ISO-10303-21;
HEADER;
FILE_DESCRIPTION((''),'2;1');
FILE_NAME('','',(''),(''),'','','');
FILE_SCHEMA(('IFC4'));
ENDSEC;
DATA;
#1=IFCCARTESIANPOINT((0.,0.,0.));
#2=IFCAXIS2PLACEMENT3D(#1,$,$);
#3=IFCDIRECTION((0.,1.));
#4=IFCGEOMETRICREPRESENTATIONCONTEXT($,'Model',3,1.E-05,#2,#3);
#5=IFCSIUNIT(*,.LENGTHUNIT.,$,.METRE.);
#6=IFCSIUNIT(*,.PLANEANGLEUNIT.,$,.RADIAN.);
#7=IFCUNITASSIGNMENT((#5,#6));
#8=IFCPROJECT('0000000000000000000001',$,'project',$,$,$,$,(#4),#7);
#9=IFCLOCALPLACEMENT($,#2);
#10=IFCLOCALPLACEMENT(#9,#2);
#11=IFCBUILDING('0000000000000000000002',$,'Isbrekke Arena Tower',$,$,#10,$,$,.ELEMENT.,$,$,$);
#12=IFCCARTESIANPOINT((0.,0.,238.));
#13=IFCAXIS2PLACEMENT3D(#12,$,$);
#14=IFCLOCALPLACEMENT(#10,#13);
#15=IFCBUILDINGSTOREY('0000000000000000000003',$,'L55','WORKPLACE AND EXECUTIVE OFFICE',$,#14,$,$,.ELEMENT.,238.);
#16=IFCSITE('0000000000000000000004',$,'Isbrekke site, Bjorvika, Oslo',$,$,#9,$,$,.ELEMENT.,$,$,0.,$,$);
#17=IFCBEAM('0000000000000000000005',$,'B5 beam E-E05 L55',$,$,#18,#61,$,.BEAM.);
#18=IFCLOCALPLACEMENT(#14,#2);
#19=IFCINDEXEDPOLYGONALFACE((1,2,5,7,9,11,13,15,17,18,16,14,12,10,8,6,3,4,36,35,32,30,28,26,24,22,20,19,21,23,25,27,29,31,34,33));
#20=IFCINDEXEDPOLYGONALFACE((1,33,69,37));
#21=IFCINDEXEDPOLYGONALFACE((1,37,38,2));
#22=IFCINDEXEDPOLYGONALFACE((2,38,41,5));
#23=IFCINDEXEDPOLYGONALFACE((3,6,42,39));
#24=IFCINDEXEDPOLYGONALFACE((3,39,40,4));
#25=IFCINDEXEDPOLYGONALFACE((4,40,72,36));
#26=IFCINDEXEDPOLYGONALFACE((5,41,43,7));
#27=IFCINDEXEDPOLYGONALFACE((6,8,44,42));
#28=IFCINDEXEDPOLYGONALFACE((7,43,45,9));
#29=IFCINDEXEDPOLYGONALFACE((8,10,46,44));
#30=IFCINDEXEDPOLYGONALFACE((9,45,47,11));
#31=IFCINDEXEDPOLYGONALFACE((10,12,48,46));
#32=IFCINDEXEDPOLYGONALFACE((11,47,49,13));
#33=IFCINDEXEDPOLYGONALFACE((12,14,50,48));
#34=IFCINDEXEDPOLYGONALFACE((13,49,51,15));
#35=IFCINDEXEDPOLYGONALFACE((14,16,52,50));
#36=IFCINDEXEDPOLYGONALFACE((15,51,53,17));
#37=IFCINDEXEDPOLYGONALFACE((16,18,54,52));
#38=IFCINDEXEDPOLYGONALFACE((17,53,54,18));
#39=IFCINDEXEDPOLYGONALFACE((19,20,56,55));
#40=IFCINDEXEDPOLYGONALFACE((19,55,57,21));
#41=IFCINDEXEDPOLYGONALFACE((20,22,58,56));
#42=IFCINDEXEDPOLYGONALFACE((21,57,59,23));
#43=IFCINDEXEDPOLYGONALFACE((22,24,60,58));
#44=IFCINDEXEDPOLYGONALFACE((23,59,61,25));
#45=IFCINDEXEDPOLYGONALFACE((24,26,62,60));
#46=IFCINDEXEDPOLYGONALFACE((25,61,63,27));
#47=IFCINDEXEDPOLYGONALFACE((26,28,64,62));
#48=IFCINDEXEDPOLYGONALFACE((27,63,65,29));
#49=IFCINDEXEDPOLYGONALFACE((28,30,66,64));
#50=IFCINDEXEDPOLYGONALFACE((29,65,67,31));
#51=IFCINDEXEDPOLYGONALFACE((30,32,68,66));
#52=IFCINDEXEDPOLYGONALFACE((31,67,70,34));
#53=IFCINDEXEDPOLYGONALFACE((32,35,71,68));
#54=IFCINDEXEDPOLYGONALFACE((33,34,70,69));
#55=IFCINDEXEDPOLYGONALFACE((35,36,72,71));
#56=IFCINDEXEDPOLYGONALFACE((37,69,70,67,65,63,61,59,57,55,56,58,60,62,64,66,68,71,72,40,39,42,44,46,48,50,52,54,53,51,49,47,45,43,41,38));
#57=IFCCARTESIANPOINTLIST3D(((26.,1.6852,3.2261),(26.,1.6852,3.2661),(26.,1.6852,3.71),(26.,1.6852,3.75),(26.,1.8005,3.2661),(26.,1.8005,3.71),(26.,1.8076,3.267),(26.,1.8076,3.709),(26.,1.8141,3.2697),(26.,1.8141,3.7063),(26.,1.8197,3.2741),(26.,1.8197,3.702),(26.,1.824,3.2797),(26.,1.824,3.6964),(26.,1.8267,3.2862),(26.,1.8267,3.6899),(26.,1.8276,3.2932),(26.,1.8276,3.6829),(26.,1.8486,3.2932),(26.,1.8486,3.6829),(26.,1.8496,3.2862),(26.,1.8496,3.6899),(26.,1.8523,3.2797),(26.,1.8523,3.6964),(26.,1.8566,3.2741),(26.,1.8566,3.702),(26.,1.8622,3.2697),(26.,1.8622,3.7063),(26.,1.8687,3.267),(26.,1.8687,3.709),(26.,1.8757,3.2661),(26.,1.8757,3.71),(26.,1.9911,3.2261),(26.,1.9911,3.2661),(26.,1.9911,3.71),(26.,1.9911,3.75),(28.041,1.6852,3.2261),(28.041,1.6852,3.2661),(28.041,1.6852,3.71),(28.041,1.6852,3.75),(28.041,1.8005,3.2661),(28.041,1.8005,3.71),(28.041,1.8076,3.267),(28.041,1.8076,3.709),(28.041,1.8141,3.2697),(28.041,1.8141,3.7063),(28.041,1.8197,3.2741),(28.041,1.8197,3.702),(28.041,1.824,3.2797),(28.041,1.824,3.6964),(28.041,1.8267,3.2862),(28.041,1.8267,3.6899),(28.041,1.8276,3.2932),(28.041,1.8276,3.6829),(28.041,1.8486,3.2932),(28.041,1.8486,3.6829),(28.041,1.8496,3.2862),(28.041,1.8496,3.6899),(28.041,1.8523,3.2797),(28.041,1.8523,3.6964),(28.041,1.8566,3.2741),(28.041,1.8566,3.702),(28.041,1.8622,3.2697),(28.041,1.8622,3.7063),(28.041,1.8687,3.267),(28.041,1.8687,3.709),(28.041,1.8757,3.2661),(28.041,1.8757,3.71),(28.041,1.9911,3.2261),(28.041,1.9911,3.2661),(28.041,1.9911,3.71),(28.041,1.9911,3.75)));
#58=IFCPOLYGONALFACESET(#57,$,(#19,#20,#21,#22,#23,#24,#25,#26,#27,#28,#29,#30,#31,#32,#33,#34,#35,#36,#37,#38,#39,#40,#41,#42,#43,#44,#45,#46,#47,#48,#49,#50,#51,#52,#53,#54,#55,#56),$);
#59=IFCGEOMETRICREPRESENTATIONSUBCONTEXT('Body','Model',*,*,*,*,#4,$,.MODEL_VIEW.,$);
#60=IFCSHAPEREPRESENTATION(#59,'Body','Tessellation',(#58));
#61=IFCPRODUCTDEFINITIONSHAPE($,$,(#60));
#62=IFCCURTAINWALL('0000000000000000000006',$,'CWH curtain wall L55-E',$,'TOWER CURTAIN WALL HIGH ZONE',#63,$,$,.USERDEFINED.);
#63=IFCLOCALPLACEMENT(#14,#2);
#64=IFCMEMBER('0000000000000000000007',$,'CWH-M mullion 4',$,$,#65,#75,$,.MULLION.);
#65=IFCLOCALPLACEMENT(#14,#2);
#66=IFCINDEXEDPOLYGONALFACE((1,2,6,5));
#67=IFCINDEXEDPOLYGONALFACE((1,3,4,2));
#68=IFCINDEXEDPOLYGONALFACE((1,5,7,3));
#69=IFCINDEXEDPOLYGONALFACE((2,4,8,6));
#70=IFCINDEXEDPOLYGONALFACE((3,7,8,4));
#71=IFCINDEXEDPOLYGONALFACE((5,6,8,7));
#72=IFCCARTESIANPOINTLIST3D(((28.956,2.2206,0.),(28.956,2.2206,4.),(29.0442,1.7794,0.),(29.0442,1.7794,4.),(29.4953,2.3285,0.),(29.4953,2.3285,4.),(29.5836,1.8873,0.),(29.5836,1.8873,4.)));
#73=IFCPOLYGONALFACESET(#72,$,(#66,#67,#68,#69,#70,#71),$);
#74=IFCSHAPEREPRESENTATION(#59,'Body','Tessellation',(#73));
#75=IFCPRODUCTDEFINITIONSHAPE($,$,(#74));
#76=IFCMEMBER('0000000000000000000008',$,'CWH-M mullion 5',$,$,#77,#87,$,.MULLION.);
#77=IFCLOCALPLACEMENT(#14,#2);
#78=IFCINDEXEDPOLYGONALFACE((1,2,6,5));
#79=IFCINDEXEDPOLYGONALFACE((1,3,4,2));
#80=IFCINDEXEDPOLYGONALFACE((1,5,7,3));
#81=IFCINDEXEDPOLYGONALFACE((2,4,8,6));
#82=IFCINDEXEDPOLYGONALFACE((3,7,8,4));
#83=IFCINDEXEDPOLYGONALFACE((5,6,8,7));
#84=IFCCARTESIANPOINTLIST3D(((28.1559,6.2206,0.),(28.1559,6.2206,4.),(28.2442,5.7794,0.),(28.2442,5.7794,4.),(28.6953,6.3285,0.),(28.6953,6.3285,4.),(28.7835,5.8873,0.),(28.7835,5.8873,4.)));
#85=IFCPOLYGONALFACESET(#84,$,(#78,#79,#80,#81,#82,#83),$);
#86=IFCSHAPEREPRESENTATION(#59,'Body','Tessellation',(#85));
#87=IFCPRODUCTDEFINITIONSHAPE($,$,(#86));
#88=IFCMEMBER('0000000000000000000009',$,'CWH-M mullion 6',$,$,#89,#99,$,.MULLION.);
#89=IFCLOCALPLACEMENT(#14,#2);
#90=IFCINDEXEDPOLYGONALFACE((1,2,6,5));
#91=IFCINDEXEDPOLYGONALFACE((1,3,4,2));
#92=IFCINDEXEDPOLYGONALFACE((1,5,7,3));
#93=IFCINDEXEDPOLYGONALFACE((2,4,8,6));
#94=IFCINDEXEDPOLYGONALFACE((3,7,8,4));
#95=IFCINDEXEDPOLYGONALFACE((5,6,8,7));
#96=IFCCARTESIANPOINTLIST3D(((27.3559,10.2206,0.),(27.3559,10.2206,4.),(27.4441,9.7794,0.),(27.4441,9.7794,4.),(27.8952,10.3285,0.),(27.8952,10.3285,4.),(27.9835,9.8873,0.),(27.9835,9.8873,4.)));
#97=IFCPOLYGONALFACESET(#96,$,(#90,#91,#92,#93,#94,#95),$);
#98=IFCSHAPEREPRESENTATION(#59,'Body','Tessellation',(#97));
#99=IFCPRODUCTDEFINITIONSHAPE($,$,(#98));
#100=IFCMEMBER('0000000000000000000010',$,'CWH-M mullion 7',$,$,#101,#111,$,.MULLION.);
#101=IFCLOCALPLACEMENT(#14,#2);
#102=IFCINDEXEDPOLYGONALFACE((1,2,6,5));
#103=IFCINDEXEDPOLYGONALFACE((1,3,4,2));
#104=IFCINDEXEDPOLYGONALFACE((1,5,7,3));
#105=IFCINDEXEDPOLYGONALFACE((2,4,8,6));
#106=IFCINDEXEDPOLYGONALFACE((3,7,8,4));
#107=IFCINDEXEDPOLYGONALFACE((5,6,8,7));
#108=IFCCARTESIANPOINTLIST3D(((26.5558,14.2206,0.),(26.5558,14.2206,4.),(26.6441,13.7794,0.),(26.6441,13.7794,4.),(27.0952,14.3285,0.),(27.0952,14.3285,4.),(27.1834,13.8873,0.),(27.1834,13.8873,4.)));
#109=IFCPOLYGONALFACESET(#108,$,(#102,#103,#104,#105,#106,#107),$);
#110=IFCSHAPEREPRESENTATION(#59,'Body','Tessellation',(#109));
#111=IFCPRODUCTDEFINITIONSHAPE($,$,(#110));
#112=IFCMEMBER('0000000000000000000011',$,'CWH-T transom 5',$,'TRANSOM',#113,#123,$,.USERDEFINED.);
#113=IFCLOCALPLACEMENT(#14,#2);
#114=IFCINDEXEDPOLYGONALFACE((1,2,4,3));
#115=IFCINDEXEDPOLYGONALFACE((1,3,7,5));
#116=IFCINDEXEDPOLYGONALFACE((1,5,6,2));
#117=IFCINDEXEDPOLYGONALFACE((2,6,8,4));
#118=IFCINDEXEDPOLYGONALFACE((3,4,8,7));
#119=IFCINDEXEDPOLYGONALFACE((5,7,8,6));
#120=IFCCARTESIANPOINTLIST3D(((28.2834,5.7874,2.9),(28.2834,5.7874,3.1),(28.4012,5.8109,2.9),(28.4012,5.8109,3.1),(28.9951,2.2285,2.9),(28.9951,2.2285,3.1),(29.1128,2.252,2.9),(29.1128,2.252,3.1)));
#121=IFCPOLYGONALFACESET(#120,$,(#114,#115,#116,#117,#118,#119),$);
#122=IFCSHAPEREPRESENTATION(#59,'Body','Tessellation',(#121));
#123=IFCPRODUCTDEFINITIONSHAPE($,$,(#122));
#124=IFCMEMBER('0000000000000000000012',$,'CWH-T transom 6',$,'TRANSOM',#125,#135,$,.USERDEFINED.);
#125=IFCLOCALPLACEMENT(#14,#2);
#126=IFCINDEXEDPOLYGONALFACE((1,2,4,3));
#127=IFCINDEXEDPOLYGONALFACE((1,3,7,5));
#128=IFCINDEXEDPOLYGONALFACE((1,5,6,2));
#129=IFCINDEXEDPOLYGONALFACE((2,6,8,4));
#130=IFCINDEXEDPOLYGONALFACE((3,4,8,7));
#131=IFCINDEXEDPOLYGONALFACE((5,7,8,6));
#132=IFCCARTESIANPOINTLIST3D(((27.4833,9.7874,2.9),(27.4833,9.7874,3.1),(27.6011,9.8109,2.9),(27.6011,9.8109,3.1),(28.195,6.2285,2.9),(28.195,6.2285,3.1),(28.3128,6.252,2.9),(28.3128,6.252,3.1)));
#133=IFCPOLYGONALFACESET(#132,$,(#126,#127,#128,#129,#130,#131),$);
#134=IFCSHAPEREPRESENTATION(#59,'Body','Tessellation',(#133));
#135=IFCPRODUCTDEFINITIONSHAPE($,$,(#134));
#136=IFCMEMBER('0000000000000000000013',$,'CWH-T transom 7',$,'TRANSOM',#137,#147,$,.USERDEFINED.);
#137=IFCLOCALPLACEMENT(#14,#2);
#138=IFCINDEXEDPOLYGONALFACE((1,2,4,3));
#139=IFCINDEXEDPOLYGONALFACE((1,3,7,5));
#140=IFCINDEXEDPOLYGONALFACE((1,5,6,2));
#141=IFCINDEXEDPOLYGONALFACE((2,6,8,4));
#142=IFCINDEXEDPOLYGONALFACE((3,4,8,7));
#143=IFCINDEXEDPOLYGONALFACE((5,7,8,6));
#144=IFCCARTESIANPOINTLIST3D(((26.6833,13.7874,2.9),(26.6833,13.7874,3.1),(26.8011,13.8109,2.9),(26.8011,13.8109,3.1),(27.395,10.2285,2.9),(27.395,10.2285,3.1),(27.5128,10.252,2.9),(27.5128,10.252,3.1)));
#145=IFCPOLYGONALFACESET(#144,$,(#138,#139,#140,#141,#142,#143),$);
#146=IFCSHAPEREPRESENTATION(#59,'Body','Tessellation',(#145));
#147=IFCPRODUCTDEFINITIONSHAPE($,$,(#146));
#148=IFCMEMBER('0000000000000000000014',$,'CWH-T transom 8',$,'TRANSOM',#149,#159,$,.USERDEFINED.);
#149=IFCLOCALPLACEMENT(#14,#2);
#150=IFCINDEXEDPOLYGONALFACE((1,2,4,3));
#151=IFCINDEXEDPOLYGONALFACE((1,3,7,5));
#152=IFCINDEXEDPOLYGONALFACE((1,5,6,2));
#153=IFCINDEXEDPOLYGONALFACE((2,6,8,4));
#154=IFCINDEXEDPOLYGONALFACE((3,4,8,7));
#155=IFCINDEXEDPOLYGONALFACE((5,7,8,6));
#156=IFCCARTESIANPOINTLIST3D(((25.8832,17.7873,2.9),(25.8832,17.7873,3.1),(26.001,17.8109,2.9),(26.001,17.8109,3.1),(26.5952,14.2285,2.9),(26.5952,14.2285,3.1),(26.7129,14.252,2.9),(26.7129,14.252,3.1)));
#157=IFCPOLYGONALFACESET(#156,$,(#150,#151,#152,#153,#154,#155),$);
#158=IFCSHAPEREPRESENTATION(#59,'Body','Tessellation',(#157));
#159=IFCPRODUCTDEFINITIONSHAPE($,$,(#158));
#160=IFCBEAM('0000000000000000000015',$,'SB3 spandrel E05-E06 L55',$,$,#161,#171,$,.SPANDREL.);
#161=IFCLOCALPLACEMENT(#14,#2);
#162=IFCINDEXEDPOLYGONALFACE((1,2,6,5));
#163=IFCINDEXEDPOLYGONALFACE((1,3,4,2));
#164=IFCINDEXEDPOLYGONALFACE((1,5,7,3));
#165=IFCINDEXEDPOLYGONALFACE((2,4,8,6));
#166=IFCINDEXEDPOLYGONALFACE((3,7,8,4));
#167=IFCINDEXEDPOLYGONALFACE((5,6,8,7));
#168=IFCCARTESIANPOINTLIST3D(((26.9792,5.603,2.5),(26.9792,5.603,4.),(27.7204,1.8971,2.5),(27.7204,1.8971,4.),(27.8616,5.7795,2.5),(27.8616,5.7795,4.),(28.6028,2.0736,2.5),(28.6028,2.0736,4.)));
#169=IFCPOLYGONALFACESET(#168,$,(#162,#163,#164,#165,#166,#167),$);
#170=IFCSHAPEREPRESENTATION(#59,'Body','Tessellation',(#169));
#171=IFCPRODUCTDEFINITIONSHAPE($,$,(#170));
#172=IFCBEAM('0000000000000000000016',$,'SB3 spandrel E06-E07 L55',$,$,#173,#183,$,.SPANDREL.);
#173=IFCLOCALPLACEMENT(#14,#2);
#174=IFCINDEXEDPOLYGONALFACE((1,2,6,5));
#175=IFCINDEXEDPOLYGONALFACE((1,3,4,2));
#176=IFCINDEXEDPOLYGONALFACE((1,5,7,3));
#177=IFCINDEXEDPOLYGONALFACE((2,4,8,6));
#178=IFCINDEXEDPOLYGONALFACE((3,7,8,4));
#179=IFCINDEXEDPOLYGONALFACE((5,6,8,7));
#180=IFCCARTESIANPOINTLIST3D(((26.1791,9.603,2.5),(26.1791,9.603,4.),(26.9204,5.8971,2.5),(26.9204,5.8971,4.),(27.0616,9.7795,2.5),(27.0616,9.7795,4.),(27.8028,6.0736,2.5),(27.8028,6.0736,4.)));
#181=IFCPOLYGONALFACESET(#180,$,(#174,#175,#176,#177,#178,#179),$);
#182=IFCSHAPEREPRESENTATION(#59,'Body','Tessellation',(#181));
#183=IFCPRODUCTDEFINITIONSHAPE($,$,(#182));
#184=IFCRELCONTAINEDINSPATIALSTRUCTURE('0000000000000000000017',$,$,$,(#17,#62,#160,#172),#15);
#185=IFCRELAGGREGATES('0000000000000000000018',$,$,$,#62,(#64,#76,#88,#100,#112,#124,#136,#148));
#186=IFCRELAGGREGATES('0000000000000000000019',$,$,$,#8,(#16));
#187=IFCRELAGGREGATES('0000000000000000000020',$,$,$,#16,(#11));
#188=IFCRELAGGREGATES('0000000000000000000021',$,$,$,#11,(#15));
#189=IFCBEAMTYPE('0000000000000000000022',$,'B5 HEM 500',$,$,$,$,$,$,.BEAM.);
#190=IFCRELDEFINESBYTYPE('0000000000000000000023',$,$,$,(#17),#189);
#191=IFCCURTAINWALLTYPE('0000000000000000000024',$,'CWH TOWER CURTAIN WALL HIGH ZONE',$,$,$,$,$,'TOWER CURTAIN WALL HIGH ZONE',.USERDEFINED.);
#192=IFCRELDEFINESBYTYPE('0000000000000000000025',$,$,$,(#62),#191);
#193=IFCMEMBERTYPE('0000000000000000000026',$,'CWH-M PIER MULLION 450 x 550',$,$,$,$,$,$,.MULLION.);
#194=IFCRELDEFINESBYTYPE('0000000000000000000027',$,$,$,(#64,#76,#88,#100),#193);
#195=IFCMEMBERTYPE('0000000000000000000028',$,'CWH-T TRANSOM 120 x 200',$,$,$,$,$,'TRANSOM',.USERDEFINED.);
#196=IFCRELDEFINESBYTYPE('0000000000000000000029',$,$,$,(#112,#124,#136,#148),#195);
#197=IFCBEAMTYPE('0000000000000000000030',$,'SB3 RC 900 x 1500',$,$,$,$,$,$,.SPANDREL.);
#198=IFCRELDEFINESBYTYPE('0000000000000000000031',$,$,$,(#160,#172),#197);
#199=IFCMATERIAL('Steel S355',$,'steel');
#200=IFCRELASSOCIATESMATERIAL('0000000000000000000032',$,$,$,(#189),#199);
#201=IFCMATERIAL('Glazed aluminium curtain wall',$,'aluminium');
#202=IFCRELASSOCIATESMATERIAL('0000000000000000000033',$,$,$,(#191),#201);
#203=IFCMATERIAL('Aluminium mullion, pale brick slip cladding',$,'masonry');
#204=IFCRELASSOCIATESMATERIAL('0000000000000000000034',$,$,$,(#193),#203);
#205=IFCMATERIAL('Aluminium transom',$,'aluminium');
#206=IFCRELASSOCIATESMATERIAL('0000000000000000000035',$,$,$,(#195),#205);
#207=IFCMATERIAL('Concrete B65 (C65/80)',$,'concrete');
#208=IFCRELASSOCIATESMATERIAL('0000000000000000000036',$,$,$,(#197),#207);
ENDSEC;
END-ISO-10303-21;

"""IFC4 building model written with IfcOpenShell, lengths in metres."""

from ifc_helpers import new_model, si_unit, direction, frame, origin, origin_2d, place, context, subcontext, project, spatial, rectangle, i_section, extrude, material, material_profile, profile_set, type_object, element, aggregate, save


model = new_model("IFC4")

# Units and contexts
model_context = context("Model", 3, precision=1e-05, world=origin(), true_north=direction((0.0, 1.0)))
body_context = subcontext(model_context, "Body", "Model", "MODEL_VIEW")
ifc_project = project(units=[si_unit("LENGTHUNIT", "METRE"), si_unit("PLANEANGLEUNIT", "RADIAN")], contexts=[model_context])

# Site, building, storey
site_placement = place(None, origin())
site = spatial("IfcSite", under=ifc_project, at=site_placement, Name="Isbrekke site, Bjorvika, Oslo", CompositionType="ELEMENT", RefElevation=0.0)
building_placement = place(site_placement, origin())
building = spatial("IfcBuilding", under=site, at=building_placement, Name="Isbrekke Arena Tower", CompositionType="ELEMENT")
storey_placement = place(building_placement, frame((0.0, 0.0, 238.0)))
storey = spatial("IfcBuildingStorey", under=building, at=storey_placement, Name="L55", Description="WORKPLACE AND EXECUTIVE OFFICE", CompositionType="ELEMENT", Elevation=238.0)

# Beam
ifc_material_1 = material(Name="Steel S355", Category="steel")
ifc_material_profile_1 = material_profile(ifc_material_1, i_section(OverallWidth=0.3059, OverallDepth=0.5239, WebThickness=0.021, FlangeThickness=0.04, FilletRadius=0.0271, at=origin_2d()), Name="HEM 500")
ifc_profile_set_1 = profile_set([ifc_material_profile_1], Name="Steel S355")
beam_type_1 = type_object("IfcBeamType", Name="B5 HEM 500", PredefinedType="BEAM", material=ifc_profile_set_1)
beam_1_placement = place(storey_placement, frame((28.041, 1.8381, 3.488), z_axis=(-1.0, 0.0, 0.0), x_axis=(0.0, -1.0, 0.0)))
element("IfcBeam", 1, at=beam_1_placement, inside=storey, type_object=beam_type_1, Name="B5 beam E-E05 L55", PredefinedType="BEAM", context=body_context, shape_type="SweptSolid", body=[
    extrude(i_section(OverallWidth=0.3059, OverallDepth=0.5239, WebThickness=0.021, FlangeThickness=0.04, FilletRadius=0.0271, at=origin_2d()), origin(), (0.0, 0.0, 1.0), 2.041),
])

# Curtain wall, members
ifc_material_2 = material(Name="Glazed aluminium curtain wall", Category="aluminium")
curtain_wall_type = type_object("IfcCurtainWallType", Name="CWH TOWER CURTAIN WALL HIGH ZONE", ElementType="TOWER CURTAIN WALL HIGH ZONE", PredefinedType="USERDEFINED", material=ifc_material_2)
curtain_wall_placement = place(storey_placement, origin())
curtain_wall = element("IfcCurtainWall", 2, at=curtain_wall_placement, inside=storey, type_object=curtain_wall_type, Name="CWH curtain wall L55-E", ObjectType="TOWER CURTAIN WALL HIGH ZONE", PredefinedType="USERDEFINED")
ifc_material_3 = material(Name="Aluminium mullion, pale brick slip cladding", Category="masonry")
ifc_material_profile_2 = material_profile(ifc_material_3, rectangle(XDim=0.45, YDim=0.55, at=origin_2d()), Name="PIER 450X550")
ifc_profile_set_2 = profile_set([ifc_material_profile_2], Name="Aluminium mullion, pale brick slip cladding")
member_type_1 = type_object("IfcMemberType", Name="CWH-M PIER MULLION 450 x 550", PredefinedType="MULLION", material=ifc_profile_set_2)
member_1_placement = place(storey_placement, frame((29.2698, 2.054, 0.0), z_axis=(0.0, 0.0, 1.0), x_axis=(-0.196116, 0.980581, 0.0)))
member_1 = element("IfcMember", 3, at=member_1_placement, type_object=member_type_1, Name="CWH-M mullion 4", PredefinedType="MULLION", context=body_context, shape_type="SweptSolid", body=[
    extrude(rectangle(XDim=0.45, YDim=0.55, at=origin_2d()), origin(), (0.0, 0.0, 1.0), 4.0),
])
member_2_placement = place(storey_placement, frame((28.4697, 6.054, 0.0), z_axis=(0.0, 0.0, 1.0), x_axis=(-0.196116, 0.980581, 0.0)))
member_2 = element("IfcMember", 4, at=member_2_placement, type_object=member_type_1, Name="CWH-M mullion 5", PredefinedType="MULLION", context=body_context, shape_type="SweptSolid", body=[
    extrude(rectangle(XDim=0.45, YDim=0.55, at=origin_2d()), origin(), (0.0, 0.0, 1.0), 4.0),
])
member_3_placement = place(storey_placement, frame((27.6697, 10.054, 0.0), z_axis=(0.0, 0.0, 1.0), x_axis=(-0.196116, 0.980581, 0.0)))
member_3 = element("IfcMember", 5, at=member_3_placement, type_object=member_type_1, Name="CWH-M mullion 6", PredefinedType="MULLION", context=body_context, shape_type="SweptSolid", body=[
    extrude(rectangle(XDim=0.45, YDim=0.55, at=origin_2d()), origin(), (0.0, 0.0, 1.0), 4.0),
])
member_4_placement = place(storey_placement, frame((26.8696, 14.054, 0.0), z_axis=(0.0, 0.0, 1.0), x_axis=(-0.196116, 0.980581, 0.0)))
member_4 = element("IfcMember", 6, at=member_4_placement, type_object=member_type_1, Name="CWH-M mullion 7", PredefinedType="MULLION", context=body_context, shape_type="SweptSolid", body=[
    extrude(rectangle(XDim=0.45, YDim=0.55, at=origin_2d()), origin(), (0.0, 0.0, 1.0), 4.0),
])
ifc_material_4 = material(Name="Aluminium transom", Category="aluminium")
ifc_material_profile_3 = material_profile(ifc_material_4, rectangle(XDim=0.1201, YDim=0.2, at=origin_2d()), Name="TRANSOM 120X200")
ifc_profile_set_3 = profile_set([ifc_material_profile_3], Name="Aluminium transom")
member_type_2 = type_object("IfcMemberType", Name="CWH-T TRANSOM 120 x 200", ElementType="TRANSOM", PredefinedType="USERDEFINED", material=ifc_profile_set_3)
member_5_placement = place(storey_placement, frame((29.054, 2.2402, 3.0), z_axis=(-0.19609, 0.980586, 0.0), x_axis=(-0.980586, -0.19609, 0.0)))
member_5 = element("IfcMember", 7, at=member_5_placement, type_object=member_type_2, Name="CWH-T transom 5", ObjectType="TRANSOM", PredefinedType="USERDEFINED", context=body_context, shape_type="SweptSolid", body=[
    extrude(rectangle(XDim=0.1201, YDim=0.2, at=origin_2d()), origin(), (0.0, 0.0, 1.0), 3.6294),
])
member_6_placement = place(storey_placement, frame((28.2539, 6.2402, 3.0), z_axis=(-0.19609, 0.980586, 0.0), x_axis=(-0.980586, -0.19609, 0.0)))
member_6 = element("IfcMember", 8, at=member_6_placement, type_object=member_type_2, Name="CWH-T transom 6", ObjectType="TRANSOM", PredefinedType="USERDEFINED", context=body_context, shape_type="SweptSolid", body=[
    extrude(rectangle(XDim=0.1201, YDim=0.2, at=origin_2d()), origin(), (0.0, 0.0, 1.0), 3.6294),
])
member_7_placement = place(storey_placement, frame((27.4539, 10.2402, 3.0), z_axis=(-0.19609, 0.980586, 0.0), x_axis=(-0.980586, -0.19609, 0.0)))
member_7 = element("IfcMember", 9, at=member_7_placement, type_object=member_type_2, Name="CWH-T transom 7", ObjectType="TRANSOM", PredefinedType="USERDEFINED", context=body_context, shape_type="SweptSolid", body=[
    extrude(rectangle(XDim=0.1201, YDim=0.2, at=origin_2d()), origin(), (0.0, 0.0, 1.0), 3.6294),
])
member_8_placement = place(storey_placement, frame((26.6541, 14.2402, 3.0), z_axis=(-0.196155, 0.980573, 0.0), x_axis=(-0.980573, -0.196155, 0.0)))
member_8 = element("IfcMember", 10, at=member_8_placement, type_object=member_type_2, Name="CWH-T transom 8", ObjectType="TRANSOM", PredefinedType="USERDEFINED", context=body_context, shape_type="SweptSolid", body=[
    extrude(rectangle(XDim=0.1201, YDim=0.2, at=origin_2d()), origin(), (0.0, 0.0, 1.0), 3.6294),
])

# Beams
ifc_material_5 = material(Name="Concrete B65 (C65/80)", Category="concrete")
ifc_material_profile_4 = material_profile(ifc_material_5, rectangle(XDim=0.8999, YDim=1.5, at=origin_2d()), Name="RC 900x1500")
ifc_profile_set_4 = profile_set([ifc_material_profile_4], Name="Concrete B65 (C65/80)")
beam_type_2 = type_object("IfcBeamType", Name="SB3 RC 900 x 1500", PredefinedType="SPANDREL", material=ifc_profile_set_4)
for number, where, z_axis, x_axis, name in (
    (11, (28.1616, 1.9854, 3.25), (-0.196129, 0.980578, 0.0), (-0.980578, -0.196129, 0.0), "SB3 spandrel E05-E06 L55"),
    (12, (27.3616, 5.9854, 3.25), (-0.196129, 0.980578, 0.0), (-0.980578, -0.196129, 0.0), "SB3 spandrel E06-E07 L55"),
):
    element("IfcBeam", number, at=place(storey_placement, frame(where, z_axis=z_axis, x_axis=x_axis)), inside=storey, type_object=beam_type_2, Name=name, PredefinedType="SPANDREL", context=body_context, shape_type="SweptSolid", body=[
        extrude(rectangle(XDim=0.8999, YDim=1.5, at=origin_2d()), origin(), (0.0, 0.0, 1.0), 3.7793),
    ])

aggregate(curtain_wall, [member_1, member_2, member_3, member_4, member_5, member_6, member_7, member_8])

save(model, "model.ifc")
